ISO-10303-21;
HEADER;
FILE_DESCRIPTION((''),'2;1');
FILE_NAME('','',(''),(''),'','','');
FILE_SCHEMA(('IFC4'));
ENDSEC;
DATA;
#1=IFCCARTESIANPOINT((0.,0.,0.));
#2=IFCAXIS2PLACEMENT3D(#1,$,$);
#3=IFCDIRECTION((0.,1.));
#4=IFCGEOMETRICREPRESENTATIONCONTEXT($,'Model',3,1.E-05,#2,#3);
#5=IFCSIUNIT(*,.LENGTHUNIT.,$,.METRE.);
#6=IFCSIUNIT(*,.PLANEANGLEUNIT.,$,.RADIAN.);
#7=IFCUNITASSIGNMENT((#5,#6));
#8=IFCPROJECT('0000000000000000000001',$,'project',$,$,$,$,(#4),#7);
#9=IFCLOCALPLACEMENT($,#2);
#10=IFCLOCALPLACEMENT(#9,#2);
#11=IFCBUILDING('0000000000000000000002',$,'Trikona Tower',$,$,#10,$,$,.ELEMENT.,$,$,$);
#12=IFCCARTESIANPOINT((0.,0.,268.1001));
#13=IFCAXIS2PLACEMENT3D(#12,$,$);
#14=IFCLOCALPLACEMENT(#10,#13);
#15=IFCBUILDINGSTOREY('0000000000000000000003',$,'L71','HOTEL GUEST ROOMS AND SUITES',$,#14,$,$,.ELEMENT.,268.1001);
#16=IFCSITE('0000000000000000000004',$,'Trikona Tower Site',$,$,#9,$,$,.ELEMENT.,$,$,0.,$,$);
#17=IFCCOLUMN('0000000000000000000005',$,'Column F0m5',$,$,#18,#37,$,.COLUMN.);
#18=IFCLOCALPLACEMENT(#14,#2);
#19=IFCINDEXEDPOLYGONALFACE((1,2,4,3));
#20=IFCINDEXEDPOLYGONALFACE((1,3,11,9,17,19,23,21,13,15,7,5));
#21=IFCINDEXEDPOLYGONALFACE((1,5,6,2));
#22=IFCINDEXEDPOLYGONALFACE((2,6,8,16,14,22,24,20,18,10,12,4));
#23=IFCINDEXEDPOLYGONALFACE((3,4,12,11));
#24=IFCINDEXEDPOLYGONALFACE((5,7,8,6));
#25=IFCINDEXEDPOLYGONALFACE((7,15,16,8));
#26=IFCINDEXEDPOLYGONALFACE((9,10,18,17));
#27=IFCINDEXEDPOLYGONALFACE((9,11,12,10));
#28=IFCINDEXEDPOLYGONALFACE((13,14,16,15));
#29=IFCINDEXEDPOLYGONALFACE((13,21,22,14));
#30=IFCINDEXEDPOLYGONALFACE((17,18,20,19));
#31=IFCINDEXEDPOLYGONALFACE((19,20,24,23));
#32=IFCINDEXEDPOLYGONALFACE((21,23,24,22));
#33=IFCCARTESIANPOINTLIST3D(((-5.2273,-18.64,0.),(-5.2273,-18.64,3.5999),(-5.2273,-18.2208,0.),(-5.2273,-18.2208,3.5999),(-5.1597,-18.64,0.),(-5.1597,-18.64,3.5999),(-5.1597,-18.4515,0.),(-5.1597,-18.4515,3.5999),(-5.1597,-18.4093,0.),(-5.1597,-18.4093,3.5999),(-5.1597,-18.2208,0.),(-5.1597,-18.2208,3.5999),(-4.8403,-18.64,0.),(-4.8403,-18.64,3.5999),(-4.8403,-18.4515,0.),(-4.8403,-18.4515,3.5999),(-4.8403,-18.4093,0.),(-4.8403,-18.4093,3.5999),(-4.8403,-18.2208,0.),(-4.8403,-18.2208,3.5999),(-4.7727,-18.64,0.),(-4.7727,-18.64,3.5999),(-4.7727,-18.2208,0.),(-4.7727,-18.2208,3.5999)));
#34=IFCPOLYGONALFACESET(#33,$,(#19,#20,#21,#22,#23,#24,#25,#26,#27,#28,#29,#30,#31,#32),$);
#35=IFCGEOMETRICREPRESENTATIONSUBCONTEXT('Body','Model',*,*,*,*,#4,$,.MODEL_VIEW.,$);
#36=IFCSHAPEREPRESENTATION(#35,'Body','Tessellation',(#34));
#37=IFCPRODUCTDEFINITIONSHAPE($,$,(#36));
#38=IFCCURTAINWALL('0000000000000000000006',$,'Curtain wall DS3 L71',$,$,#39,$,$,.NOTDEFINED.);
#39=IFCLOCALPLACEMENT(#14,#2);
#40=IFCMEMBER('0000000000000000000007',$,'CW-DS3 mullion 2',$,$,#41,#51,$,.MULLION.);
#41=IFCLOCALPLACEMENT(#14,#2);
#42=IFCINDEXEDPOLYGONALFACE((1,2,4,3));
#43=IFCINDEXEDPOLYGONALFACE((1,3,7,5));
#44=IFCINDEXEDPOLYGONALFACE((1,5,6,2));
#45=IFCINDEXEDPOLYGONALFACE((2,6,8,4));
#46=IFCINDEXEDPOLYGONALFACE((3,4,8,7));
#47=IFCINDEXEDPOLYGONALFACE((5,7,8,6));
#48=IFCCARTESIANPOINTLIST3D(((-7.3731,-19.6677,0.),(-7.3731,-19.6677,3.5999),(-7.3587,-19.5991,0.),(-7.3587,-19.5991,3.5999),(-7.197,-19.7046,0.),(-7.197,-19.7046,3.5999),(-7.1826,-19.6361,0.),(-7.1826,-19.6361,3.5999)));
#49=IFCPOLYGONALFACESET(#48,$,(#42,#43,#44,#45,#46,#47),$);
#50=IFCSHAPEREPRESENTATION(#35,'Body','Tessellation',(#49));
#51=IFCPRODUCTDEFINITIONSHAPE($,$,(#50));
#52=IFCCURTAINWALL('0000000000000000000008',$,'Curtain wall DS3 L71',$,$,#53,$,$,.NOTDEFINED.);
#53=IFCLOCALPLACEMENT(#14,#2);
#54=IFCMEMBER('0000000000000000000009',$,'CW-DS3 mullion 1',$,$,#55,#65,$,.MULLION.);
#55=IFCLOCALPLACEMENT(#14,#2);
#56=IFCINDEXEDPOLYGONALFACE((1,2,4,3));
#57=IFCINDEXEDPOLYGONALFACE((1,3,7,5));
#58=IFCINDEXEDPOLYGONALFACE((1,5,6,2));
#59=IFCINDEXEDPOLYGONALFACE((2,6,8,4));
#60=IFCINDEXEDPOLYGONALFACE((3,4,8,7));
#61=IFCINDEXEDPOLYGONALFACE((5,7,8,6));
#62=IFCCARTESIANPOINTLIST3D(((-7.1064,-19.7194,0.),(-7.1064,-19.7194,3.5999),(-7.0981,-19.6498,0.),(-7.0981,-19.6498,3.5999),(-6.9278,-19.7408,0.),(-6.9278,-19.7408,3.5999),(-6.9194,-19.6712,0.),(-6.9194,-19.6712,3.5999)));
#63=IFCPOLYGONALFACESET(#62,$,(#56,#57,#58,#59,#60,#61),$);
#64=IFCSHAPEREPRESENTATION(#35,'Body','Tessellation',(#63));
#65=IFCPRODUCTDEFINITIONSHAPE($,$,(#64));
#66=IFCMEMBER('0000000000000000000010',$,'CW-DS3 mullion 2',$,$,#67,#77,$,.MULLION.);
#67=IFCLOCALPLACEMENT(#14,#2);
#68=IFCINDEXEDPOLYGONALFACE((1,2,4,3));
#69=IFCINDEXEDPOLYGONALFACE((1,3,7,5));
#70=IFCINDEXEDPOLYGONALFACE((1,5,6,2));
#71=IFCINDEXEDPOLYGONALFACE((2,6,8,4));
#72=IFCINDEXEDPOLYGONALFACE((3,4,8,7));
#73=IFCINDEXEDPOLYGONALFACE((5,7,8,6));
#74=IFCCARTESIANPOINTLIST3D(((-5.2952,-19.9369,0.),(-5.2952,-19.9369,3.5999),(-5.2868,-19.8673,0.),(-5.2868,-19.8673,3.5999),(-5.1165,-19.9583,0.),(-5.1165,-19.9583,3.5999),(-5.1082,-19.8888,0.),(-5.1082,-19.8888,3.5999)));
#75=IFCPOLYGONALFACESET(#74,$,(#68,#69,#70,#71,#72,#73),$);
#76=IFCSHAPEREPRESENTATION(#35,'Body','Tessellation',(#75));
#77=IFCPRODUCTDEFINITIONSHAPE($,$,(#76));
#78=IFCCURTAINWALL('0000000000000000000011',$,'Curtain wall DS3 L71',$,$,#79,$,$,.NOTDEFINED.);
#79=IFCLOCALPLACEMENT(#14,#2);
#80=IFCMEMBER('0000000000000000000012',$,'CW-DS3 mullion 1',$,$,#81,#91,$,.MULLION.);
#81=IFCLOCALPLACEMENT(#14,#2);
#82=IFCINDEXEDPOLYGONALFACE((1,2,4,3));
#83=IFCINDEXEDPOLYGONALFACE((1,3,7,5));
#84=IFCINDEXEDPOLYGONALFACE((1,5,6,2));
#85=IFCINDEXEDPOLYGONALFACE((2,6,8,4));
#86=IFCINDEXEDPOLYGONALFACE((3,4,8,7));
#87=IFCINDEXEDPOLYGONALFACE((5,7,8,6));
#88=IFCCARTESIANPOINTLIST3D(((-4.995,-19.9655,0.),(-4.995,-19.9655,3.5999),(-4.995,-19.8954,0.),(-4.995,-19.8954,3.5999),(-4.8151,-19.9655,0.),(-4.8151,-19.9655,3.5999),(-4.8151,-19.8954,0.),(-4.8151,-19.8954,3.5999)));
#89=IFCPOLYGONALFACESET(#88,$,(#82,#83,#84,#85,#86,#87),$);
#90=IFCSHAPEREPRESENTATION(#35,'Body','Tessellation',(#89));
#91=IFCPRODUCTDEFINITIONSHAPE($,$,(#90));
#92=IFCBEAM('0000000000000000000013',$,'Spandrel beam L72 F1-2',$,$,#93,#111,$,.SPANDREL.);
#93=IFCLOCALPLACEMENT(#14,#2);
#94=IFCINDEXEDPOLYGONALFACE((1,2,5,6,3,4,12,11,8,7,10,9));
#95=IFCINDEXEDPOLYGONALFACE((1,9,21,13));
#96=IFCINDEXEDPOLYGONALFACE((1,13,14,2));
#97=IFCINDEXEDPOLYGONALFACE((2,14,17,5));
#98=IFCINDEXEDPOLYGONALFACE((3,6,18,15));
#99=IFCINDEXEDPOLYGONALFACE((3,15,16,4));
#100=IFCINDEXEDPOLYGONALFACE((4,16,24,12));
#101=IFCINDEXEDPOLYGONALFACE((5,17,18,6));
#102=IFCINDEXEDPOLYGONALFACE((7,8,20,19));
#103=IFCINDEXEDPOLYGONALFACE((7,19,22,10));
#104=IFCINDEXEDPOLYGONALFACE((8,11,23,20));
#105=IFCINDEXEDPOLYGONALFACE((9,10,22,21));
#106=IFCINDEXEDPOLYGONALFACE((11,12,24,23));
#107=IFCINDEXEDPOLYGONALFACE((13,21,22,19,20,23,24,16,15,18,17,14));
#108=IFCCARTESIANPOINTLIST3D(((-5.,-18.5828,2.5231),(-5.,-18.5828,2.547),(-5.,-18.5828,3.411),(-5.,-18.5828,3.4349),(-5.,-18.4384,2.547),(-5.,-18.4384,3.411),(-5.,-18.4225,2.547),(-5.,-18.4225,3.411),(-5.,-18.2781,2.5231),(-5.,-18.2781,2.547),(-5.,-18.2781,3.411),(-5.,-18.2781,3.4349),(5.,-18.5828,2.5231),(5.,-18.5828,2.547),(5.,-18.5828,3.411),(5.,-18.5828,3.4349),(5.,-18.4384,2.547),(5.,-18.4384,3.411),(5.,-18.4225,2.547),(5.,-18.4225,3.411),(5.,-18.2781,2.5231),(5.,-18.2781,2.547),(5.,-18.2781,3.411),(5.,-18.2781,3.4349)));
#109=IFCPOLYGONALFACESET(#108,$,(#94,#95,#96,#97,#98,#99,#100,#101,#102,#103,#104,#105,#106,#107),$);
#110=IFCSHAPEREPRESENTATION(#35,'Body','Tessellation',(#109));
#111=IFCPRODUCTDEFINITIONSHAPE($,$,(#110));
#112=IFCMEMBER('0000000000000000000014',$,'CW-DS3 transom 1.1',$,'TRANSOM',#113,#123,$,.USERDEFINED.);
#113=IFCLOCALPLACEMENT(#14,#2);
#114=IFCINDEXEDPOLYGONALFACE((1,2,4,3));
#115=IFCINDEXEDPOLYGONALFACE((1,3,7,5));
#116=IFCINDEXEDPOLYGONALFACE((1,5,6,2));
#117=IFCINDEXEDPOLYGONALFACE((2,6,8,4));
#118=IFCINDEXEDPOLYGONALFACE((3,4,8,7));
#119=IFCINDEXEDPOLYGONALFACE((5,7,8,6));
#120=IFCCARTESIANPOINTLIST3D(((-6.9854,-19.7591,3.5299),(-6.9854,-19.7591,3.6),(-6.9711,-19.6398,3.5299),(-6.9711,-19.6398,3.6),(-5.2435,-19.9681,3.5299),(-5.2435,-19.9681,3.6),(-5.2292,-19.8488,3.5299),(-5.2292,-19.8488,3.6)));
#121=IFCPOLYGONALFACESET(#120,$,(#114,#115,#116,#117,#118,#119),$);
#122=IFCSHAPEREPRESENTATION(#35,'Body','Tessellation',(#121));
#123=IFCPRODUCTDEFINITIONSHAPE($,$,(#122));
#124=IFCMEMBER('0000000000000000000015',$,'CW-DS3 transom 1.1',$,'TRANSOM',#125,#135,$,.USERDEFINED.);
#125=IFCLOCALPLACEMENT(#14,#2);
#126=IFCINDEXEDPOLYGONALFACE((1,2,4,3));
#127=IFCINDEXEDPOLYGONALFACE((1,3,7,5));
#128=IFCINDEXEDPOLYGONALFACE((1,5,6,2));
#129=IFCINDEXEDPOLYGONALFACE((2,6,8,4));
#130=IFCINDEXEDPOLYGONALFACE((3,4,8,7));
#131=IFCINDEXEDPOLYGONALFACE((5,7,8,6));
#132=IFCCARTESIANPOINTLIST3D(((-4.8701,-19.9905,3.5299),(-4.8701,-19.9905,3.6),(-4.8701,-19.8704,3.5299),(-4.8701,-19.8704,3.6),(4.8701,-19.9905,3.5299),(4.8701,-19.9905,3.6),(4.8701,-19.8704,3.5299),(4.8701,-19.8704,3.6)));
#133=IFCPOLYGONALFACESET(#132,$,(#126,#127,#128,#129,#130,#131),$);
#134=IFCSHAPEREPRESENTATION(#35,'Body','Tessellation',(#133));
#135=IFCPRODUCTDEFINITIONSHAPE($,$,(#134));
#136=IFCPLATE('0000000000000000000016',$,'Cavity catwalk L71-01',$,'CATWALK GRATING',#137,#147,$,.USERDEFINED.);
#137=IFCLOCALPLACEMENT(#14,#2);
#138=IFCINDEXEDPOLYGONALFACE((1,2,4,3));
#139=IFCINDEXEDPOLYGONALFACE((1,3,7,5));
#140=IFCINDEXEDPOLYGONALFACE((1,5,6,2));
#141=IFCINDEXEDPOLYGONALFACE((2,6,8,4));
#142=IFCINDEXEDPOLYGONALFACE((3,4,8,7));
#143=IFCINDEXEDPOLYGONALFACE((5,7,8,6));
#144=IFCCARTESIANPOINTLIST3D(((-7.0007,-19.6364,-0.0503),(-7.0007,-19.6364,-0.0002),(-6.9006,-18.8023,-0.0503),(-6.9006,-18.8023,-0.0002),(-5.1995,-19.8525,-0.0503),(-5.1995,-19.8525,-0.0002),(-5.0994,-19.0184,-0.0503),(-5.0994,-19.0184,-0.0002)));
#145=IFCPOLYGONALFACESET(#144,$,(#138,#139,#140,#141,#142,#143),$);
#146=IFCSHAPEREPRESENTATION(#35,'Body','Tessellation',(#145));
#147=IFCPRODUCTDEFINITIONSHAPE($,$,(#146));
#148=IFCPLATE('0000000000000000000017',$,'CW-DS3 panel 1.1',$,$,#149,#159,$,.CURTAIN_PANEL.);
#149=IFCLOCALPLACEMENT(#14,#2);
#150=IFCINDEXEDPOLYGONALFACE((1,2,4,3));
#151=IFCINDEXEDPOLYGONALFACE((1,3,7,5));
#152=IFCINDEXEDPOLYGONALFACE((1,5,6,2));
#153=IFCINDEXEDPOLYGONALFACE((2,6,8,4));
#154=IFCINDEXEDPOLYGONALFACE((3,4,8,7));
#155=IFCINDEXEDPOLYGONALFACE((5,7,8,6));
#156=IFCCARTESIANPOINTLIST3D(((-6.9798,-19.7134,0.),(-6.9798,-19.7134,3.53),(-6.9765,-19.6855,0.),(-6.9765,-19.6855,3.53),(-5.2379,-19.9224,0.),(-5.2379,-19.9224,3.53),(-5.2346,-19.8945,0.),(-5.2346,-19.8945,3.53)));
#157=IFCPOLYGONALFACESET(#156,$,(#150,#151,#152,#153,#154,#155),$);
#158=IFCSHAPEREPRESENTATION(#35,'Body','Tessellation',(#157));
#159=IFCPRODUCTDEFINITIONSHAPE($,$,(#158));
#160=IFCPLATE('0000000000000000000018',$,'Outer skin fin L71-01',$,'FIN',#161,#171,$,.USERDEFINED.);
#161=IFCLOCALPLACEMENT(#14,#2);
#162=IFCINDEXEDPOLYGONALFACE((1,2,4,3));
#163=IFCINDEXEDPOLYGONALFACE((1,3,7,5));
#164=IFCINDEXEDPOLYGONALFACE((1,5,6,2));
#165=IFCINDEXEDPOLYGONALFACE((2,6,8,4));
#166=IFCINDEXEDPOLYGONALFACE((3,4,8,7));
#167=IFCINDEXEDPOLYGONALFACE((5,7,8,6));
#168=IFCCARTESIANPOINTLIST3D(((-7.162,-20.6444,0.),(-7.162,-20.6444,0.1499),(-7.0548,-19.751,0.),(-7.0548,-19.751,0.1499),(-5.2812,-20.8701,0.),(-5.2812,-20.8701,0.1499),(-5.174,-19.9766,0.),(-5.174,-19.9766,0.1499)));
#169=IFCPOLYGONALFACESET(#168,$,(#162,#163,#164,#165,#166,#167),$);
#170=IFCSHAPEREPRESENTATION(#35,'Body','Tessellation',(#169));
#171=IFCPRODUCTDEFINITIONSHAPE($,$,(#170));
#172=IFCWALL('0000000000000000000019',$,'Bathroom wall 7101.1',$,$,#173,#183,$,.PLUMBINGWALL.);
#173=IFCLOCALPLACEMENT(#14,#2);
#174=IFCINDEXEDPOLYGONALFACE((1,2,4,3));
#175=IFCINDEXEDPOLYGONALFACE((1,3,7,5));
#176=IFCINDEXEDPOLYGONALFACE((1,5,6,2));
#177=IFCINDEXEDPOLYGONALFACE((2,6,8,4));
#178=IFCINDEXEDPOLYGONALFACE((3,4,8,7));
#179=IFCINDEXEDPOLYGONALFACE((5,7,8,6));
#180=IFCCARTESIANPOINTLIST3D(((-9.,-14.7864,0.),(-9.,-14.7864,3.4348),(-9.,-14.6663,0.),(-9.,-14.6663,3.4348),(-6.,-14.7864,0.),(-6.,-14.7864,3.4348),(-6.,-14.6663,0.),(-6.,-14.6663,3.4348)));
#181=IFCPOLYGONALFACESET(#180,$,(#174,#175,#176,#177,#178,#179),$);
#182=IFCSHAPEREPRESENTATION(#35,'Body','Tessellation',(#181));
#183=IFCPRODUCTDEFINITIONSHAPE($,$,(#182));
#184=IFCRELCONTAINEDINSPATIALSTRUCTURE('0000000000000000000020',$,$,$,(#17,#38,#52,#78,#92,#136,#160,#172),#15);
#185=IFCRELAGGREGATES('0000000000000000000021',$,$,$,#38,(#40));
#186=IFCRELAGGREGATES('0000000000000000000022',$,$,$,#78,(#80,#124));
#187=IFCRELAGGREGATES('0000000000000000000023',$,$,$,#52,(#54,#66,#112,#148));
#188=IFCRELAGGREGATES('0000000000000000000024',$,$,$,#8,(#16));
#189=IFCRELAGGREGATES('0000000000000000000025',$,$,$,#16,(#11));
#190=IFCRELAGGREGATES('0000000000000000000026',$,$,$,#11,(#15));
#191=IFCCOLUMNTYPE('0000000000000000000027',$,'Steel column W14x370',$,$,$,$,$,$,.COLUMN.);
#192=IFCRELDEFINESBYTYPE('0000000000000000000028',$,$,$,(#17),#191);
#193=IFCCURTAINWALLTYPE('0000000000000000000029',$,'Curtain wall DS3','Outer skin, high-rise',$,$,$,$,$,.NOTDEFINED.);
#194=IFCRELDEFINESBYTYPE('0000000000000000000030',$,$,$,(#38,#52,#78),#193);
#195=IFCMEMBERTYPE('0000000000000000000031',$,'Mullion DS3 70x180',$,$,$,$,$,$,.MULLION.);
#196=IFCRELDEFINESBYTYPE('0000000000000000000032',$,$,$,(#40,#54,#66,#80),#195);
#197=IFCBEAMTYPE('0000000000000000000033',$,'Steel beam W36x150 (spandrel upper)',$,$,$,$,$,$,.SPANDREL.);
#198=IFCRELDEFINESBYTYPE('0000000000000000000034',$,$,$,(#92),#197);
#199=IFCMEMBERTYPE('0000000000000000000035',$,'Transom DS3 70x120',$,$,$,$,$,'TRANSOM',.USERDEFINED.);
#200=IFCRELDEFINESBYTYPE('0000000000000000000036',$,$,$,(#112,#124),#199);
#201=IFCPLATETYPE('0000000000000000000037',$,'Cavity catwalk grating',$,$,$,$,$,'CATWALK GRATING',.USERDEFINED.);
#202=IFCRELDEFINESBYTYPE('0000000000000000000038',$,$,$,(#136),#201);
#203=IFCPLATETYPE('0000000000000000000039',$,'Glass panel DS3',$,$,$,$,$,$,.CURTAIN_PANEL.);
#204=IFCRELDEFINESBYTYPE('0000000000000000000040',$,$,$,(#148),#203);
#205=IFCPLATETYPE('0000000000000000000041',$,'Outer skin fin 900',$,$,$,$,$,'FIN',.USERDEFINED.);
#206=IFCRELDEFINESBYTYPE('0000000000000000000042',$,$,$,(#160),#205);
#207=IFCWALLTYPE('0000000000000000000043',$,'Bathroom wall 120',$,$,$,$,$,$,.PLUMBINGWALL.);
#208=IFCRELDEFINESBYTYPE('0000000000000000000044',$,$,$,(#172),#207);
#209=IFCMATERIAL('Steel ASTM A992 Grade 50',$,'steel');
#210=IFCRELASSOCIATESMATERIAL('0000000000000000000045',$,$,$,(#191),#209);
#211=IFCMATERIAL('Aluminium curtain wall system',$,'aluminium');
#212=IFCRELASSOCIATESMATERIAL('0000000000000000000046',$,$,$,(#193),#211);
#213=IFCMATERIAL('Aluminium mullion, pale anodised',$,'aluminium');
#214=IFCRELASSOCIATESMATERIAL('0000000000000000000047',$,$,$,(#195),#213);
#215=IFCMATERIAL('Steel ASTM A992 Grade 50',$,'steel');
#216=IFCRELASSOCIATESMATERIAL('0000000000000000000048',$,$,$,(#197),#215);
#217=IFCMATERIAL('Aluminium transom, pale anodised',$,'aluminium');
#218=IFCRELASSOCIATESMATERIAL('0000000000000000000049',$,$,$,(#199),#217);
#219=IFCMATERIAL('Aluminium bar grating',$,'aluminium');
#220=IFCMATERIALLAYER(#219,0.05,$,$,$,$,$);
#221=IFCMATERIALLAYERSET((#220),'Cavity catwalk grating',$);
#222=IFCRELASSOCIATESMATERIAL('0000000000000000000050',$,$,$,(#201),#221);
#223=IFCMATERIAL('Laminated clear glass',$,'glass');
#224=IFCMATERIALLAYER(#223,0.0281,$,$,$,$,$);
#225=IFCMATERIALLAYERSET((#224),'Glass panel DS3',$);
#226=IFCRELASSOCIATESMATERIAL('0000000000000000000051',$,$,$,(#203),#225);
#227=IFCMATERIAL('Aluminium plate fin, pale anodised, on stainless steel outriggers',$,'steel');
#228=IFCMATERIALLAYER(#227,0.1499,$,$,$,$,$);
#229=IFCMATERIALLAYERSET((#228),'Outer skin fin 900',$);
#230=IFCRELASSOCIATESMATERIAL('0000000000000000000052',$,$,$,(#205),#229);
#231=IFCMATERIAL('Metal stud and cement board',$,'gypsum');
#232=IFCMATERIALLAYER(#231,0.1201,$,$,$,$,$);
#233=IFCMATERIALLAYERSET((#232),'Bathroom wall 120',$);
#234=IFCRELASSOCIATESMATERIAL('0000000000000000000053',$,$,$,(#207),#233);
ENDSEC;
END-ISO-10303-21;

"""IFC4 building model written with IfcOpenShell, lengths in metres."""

from ifc_helpers import new_model, si_unit, direction, frame, frame_2d, origin, origin_2d, place, context, subcontext, project, spatial, rectangle, i_section, extrude, material, layer, layer_set, material_profile, profile_set, type_object, element, aggregate, save


model = new_model("IFC4")

# Units and contexts
model_context = context("Model", 3, precision=1e-05, world=origin(), true_north=direction((0.0, 1.0)))
body_context = subcontext(model_context, "Body", "Model", "MODEL_VIEW")
ifc_project = project(units=[si_unit("LENGTHUNIT", "METRE"), si_unit("PLANEANGLEUNIT", "RADIAN")], contexts=[model_context])

# Site, building, storey
site_placement = place(None, origin())
site = spatial("IfcSite", under=ifc_project, at=site_placement, Name="Trikona Tower Site", CompositionType="ELEMENT", RefElevation=0.0)
building_placement = place(site_placement, origin())
building = spatial("IfcBuilding", under=site, at=building_placement, Name="Trikona Tower", CompositionType="ELEMENT")
storey_placement = place(building_placement, frame((0.0, 0.0, 268.1001)))
storey = spatial("IfcBuildingStorey", under=building, at=storey_placement, Name="L71", Description="HOTEL GUEST ROOMS AND SUITES", CompositionType="ELEMENT", Elevation=268.1001)

# Column
ifc_material_1 = material(Name="Steel ASTM A992 Grade 50", Category="steel")
ifc_material_profile_1 = material_profile(ifc_material_1, i_section(OverallWidth=0.4192, OverallDepth=0.4546, WebThickness=0.0422, FlangeThickness=0.0676, at=origin_2d()), Name="W14X370")
ifc_profile_set_1 = profile_set([ifc_material_profile_1], Name="Steel ASTM A992 Grade 50")
column_type = type_object("IfcColumnType", Name="Steel column W14x370", PredefinedType="COLUMN", material=ifc_profile_set_1)
column_placement = place(storey_placement, frame((-5.0, -18.4304, 0.0), z_axis=(0.0, 0.0, 1.0), x_axis=(0.0, -1.0, 0.0)))
element("IfcColumn", 1, at=column_placement, inside=storey, type_object=column_type, Name="Column F0m5", PredefinedType="COLUMN", context=body_context, shape_type="SweptSolid", body=[
    extrude(i_section(OverallWidth=0.4192, OverallDepth=0.4546, WebThickness=0.0422, FlangeThickness=0.0676, at=origin_2d()), origin(), (0.0, 0.0, 1.0), 3.5999),
])

# Curtain wall, member
ifc_material_2 = material(Name="Aluminium curtain wall system", Category="aluminium")
curtain_wall_type = type_object("IfcCurtainWallType", Name="Curtain wall DS3", Description="Outer skin, high-rise", PredefinedType="NOTDEFINED", material=ifc_material_2)
curtain_wall_1_placement = place(storey_placement, origin())
curtain_wall_1 = element("IfcCurtainWall", 2, at=curtain_wall_1_placement, inside=storey, type_object=curtain_wall_type, Name="Curtain wall DS3 L71", PredefinedType="NOTDEFINED")
ifc_material_3 = material(Name="Aluminium mullion, pale anodised", Category="aluminium")
ifc_material_profile_2 = material_profile(ifc_material_3, rectangle(XDim=0.0701, YDim=0.1799, at=origin_2d()), Name="MUL-DS3")
ifc_profile_set_2 = profile_set([ifc_material_profile_2], Name="Aluminium mullion, pale anodised")
member_type_1 = type_object("IfcMemberType", Name="Mullion DS3 70x180", PredefinedType="MULLION", material=ifc_profile_set_2)
member_1_placement = place(storey_placement, frame((-7.2778, -19.6519, 0.0), z_axis=(0.0, 0.0, 1.0), x_axis=(0.205527, 0.978651, 0.0)))
member_1 = element("IfcMember", 3, at=member_1_placement, type_object=member_type_1, Name="CW-DS3 mullion 2", PredefinedType="MULLION", context=body_context, shape_type="SweptSolid", body=[
    extrude(rectangle(XDim=0.0701, YDim=0.1799, at=origin_2d()), origin(), (0.0, 0.0, 1.0), 3.5999),
])
aggregate(curtain_wall_1, [member_1])

# Curtain wall, members
curtain_wall_2_placement = place(storey_placement, origin())
curtain_wall_2 = element("IfcCurtainWall", 4, at=curtain_wall_2_placement, inside=storey, type_object=curtain_wall_type, Name="Curtain wall DS3 L71", PredefinedType="NOTDEFINED")
member_2_placement = place(storey_placement, frame((-7.0129, -19.6953, 0.0), z_axis=(0.0, 0.0, 1.0), x_axis=(0.119141, 0.992877, 0.0)))
member_2 = element("IfcMember", 5, at=member_2_placement, type_object=member_type_1, Name="CW-DS3 mullion 1", PredefinedType="MULLION", context=body_context, shape_type="SweptSolid", body=[
    extrude(rectangle(XDim=0.0701, YDim=0.1799, at=origin_2d()), origin(), (0.0, 0.0, 1.0), 3.5999),
])
member_3_placement = place(storey_placement, frame((-5.2017, -19.9128, 0.0), z_axis=(0.0, 0.0, 1.0), x_axis=(0.119141, 0.992877, 0.0)))
member_3 = element("IfcMember", 6, at=member_3_placement, type_object=member_type_1, Name="CW-DS3 mullion 2", PredefinedType="MULLION", context=body_context, shape_type="SweptSolid", body=[
    extrude(rectangle(XDim=0.0701, YDim=0.1799, at=origin_2d()), origin(), (0.0, 0.0, 1.0), 3.5999),
])

# Curtain wall, member
curtain_wall_3_placement = place(storey_placement, origin())
curtain_wall_3 = element("IfcCurtainWall", 7, at=curtain_wall_3_placement, inside=storey, type_object=curtain_wall_type, Name="Curtain wall DS3 L71", PredefinedType="NOTDEFINED")
member_4_placement = place(storey_placement, frame((-4.905, -19.9304, 0.0), z_axis=(0.0, 0.0, 1.0), x_axis=(0.0, 1.0, 0.0)))
member_4 = element("IfcMember", 8, at=member_4_placement, type_object=member_type_1, Name="CW-DS3 mullion 1", PredefinedType="MULLION", context=body_context, shape_type="SweptSolid", body=[
    extrude(rectangle(XDim=0.0701, YDim=0.1799, at=origin_2d()), origin(), (0.0, 0.0, 1.0), 3.5999),
])

# Beam
ifc_material_4 = material(Name="Steel ASTM A992 Grade 50", Category="steel")
ifc_material_profile_3 = material_profile(ifc_material_4, i_section(OverallWidth=0.3047, OverallDepth=0.9119, WebThickness=0.0159, FlangeThickness=0.0239, at=origin_2d()), Name="W36X150")
ifc_profile_set_3 = profile_set([ifc_material_profile_3], Name="Steel ASTM A992 Grade 50")
beam_type = type_object("IfcBeamType", Name="Steel beam W36x150 (spandrel upper)", PredefinedType="SPANDREL", material=ifc_profile_set_3)
beam_placement = place(storey_placement, frame((-5.0, -18.4304, 2.979), z_axis=(1.0, 0.0, 0.0), x_axis=(0.0, 1.0, 0.0)))
element("IfcBeam", 9, at=beam_placement, inside=storey, type_object=beam_type, Name="Spandrel beam L72 F1-2", PredefinedType="SPANDREL", context=body_context, shape_type="SweptSolid", body=[
    extrude(i_section(OverallWidth=0.3047, OverallDepth=0.9119, WebThickness=0.0159, FlangeThickness=0.0239, at=origin_2d()), origin(), (0.0, 0.0, 1.0), 10.0),
])

# Members
ifc_material_5 = material(Name="Aluminium transom, pale anodised", Category="aluminium")
ifc_material_profile_4 = material_profile(ifc_material_5, rectangle(XDim=0.1201, YDim=0.0701, at=origin_2d()), Name="TRN-DS3")
ifc_profile_set_4 = profile_set([ifc_material_profile_4], Name="Aluminium transom, pale anodised")
member_type_2 = type_object("IfcMemberType", Name="Transom DS3 70x120", ElementType="TRANSOM", PredefinedType="USERDEFINED", material=ifc_profile_set_4)
member_5_placement = place(storey_placement, frame((-6.9783, -19.6995, 3.5649), z_axis=(0.99288, -0.119118, 0.0), x_axis=(0.119118, 0.99288, 0.0)))
member_5 = element("IfcMember", 10, at=member_5_placement, type_object=member_type_2, Name="CW-DS3 transom 1.1", ObjectType="TRANSOM", PredefinedType="USERDEFINED", context=body_context, shape_type="SweptSolid", body=[
    extrude(rectangle(XDim=0.1201, YDim=0.0701, at=origin_2d()), origin(), (0.0, 0.0, 1.0), 1.7544),
])
member_6_placement = place(storey_placement, frame((-4.8701, -19.9304, 3.5649), z_axis=(1.0, 0.0, 0.0), x_axis=(0.0, 1.0, 0.0)))
member_6 = element("IfcMember", 11, at=member_6_placement, type_object=member_type_2, Name="CW-DS3 transom 1.1", ObjectType="TRANSOM", PredefinedType="USERDEFINED", context=body_context, shape_type="SweptSolid", body=[
    extrude(rectangle(XDim=0.1201, YDim=0.0701, at=origin_2d()), origin(), (0.0, 0.0, 1.0), 9.7402),
])
aggregate(curtain_wall_3, [member_4, member_6])

# Plates
ifc_material_6 = material(Name="Aluminium bar grating", Category="aluminium")
ifc_layer_1 = layer(ifc_material_6, 0.05)
ifc_layer_set_1 = layer_set([ifc_layer_1], Name="Cavity catwalk grating")
plate_type_1 = type_object("IfcPlateType", Name="Cavity catwalk grating", ElementType="CATWALK GRATING", PredefinedType="USERDEFINED", material=ifc_layer_set_1)
plate_1_placement = place(storey_placement, frame((-6.05, -19.3274, -0.0503), z_axis=(0.0, 0.0, 1.0), x_axis=(0.992877, -0.119146, 0.0)))
element("IfcPlate", 12, at=plate_1_placement, inside=storey, type_object=plate_type_1, Name="Cavity catwalk L71-01", ObjectType="CATWALK GRATING", PredefinedType="USERDEFINED", context=body_context, shape_type="SweptSolid", body=[
    extrude(rectangle(XDim=1.8142, YDim=0.8401, at=origin_2d()), origin(), (0.0, 0.0, 1.0), 0.05),
])
ifc_material_7 = material(Name="Laminated clear glass", Category="glass")
ifc_layer_2 = layer(ifc_material_7, 0.0281)
ifc_layer_set_2 = layer_set([ifc_layer_2], Name="Glass panel DS3")
plate_type_2 = type_object("IfcPlateType", Name="Glass panel DS3", PredefinedType="CURTAIN_PANEL", material=ifc_layer_set_2)
plate_2_placement = place(storey_placement, frame((-6.1072, -19.804, 0.0), z_axis=(0.0, 0.0, 1.0), x_axis=(0.992877, -0.119141, 0.0)))
plate_2 = element("IfcPlate", 13, at=plate_2_placement, type_object=plate_type_2, Name="CW-DS3 panel 1.1", PredefinedType="CURTAIN_PANEL", context=body_context, shape_type="SweptSolid", body=[
    extrude(rectangle(XDim=1.7544, YDim=0.0281, at=origin_2d()), origin(), (0.0, 0.0, 1.0), 3.53),
])
aggregate(curtain_wall_2, [member_2, member_3, member_5, plate_2])
ifc_material_8 = material(Name="Aluminium plate fin, pale anodised, on stainless steel outriggers", Category="steel")
ifc_layer_3 = layer(ifc_material_8, 0.1499)
ifc_layer_set_3 = layer_set([ifc_layer_3], Name="Outer skin fin 900")
plate_type_3 = type_object("IfcPlateType", Name="Outer skin fin 900", ElementType="FIN", PredefinedType="USERDEFINED", material=ifc_layer_set_3)
plate_3_placement = place(storey_placement, frame((-6.168, -20.3105, 0.0), z_axis=(0.0, 0.0, 1.0), x_axis=(0.992877, -0.119146, 0.0)))
element("IfcPlate", 14, at=plate_3_placement, inside=storey, type_object=plate_type_3, Name="Outer skin fin L71-01", ObjectType="FIN", PredefinedType="USERDEFINED", context=body_context, shape_type="SweptSolid", body=[
    extrude(rectangle(XDim=1.8943, YDim=0.8999, at=origin_2d()), origin(), (0.0, 0.0, 1.0), 0.1499),
])

# Wall
ifc_material_9 = material(Name="Metal stud and cement board", Category="gypsum")
ifc_layer_4 = layer(ifc_material_9, 0.1201)
ifc_layer_set_4 = layer_set([ifc_layer_4], Name="Bathroom wall 120")
wall_type_1 = type_object("IfcWallType", Name="Bathroom wall 120", PredefinedType="PLUMBINGWALL", material=ifc_layer_set_4)
wall_1_placement = place(storey_placement, frame((-9.0, -14.7263, 0.0), z_axis=(0.0, 0.0, 1.0), x_axis=(1.0, 0.0, 0.0)))
element("IfcWall", 15, at=wall_1_placement, inside=storey, type_object=wall_type_1, Name="Bathroom wall 7101.1", PredefinedType="PLUMBINGWALL", context=body_context, shape_type="SweptSolid", body=[
    extrude(rectangle(XDim=3.0, YDim=0.1201, at=frame_2d((1.5, 0.0))), origin(), (0.0, 0.0, 1.0), 3.4348),
])

save(model, "model.ifc")
